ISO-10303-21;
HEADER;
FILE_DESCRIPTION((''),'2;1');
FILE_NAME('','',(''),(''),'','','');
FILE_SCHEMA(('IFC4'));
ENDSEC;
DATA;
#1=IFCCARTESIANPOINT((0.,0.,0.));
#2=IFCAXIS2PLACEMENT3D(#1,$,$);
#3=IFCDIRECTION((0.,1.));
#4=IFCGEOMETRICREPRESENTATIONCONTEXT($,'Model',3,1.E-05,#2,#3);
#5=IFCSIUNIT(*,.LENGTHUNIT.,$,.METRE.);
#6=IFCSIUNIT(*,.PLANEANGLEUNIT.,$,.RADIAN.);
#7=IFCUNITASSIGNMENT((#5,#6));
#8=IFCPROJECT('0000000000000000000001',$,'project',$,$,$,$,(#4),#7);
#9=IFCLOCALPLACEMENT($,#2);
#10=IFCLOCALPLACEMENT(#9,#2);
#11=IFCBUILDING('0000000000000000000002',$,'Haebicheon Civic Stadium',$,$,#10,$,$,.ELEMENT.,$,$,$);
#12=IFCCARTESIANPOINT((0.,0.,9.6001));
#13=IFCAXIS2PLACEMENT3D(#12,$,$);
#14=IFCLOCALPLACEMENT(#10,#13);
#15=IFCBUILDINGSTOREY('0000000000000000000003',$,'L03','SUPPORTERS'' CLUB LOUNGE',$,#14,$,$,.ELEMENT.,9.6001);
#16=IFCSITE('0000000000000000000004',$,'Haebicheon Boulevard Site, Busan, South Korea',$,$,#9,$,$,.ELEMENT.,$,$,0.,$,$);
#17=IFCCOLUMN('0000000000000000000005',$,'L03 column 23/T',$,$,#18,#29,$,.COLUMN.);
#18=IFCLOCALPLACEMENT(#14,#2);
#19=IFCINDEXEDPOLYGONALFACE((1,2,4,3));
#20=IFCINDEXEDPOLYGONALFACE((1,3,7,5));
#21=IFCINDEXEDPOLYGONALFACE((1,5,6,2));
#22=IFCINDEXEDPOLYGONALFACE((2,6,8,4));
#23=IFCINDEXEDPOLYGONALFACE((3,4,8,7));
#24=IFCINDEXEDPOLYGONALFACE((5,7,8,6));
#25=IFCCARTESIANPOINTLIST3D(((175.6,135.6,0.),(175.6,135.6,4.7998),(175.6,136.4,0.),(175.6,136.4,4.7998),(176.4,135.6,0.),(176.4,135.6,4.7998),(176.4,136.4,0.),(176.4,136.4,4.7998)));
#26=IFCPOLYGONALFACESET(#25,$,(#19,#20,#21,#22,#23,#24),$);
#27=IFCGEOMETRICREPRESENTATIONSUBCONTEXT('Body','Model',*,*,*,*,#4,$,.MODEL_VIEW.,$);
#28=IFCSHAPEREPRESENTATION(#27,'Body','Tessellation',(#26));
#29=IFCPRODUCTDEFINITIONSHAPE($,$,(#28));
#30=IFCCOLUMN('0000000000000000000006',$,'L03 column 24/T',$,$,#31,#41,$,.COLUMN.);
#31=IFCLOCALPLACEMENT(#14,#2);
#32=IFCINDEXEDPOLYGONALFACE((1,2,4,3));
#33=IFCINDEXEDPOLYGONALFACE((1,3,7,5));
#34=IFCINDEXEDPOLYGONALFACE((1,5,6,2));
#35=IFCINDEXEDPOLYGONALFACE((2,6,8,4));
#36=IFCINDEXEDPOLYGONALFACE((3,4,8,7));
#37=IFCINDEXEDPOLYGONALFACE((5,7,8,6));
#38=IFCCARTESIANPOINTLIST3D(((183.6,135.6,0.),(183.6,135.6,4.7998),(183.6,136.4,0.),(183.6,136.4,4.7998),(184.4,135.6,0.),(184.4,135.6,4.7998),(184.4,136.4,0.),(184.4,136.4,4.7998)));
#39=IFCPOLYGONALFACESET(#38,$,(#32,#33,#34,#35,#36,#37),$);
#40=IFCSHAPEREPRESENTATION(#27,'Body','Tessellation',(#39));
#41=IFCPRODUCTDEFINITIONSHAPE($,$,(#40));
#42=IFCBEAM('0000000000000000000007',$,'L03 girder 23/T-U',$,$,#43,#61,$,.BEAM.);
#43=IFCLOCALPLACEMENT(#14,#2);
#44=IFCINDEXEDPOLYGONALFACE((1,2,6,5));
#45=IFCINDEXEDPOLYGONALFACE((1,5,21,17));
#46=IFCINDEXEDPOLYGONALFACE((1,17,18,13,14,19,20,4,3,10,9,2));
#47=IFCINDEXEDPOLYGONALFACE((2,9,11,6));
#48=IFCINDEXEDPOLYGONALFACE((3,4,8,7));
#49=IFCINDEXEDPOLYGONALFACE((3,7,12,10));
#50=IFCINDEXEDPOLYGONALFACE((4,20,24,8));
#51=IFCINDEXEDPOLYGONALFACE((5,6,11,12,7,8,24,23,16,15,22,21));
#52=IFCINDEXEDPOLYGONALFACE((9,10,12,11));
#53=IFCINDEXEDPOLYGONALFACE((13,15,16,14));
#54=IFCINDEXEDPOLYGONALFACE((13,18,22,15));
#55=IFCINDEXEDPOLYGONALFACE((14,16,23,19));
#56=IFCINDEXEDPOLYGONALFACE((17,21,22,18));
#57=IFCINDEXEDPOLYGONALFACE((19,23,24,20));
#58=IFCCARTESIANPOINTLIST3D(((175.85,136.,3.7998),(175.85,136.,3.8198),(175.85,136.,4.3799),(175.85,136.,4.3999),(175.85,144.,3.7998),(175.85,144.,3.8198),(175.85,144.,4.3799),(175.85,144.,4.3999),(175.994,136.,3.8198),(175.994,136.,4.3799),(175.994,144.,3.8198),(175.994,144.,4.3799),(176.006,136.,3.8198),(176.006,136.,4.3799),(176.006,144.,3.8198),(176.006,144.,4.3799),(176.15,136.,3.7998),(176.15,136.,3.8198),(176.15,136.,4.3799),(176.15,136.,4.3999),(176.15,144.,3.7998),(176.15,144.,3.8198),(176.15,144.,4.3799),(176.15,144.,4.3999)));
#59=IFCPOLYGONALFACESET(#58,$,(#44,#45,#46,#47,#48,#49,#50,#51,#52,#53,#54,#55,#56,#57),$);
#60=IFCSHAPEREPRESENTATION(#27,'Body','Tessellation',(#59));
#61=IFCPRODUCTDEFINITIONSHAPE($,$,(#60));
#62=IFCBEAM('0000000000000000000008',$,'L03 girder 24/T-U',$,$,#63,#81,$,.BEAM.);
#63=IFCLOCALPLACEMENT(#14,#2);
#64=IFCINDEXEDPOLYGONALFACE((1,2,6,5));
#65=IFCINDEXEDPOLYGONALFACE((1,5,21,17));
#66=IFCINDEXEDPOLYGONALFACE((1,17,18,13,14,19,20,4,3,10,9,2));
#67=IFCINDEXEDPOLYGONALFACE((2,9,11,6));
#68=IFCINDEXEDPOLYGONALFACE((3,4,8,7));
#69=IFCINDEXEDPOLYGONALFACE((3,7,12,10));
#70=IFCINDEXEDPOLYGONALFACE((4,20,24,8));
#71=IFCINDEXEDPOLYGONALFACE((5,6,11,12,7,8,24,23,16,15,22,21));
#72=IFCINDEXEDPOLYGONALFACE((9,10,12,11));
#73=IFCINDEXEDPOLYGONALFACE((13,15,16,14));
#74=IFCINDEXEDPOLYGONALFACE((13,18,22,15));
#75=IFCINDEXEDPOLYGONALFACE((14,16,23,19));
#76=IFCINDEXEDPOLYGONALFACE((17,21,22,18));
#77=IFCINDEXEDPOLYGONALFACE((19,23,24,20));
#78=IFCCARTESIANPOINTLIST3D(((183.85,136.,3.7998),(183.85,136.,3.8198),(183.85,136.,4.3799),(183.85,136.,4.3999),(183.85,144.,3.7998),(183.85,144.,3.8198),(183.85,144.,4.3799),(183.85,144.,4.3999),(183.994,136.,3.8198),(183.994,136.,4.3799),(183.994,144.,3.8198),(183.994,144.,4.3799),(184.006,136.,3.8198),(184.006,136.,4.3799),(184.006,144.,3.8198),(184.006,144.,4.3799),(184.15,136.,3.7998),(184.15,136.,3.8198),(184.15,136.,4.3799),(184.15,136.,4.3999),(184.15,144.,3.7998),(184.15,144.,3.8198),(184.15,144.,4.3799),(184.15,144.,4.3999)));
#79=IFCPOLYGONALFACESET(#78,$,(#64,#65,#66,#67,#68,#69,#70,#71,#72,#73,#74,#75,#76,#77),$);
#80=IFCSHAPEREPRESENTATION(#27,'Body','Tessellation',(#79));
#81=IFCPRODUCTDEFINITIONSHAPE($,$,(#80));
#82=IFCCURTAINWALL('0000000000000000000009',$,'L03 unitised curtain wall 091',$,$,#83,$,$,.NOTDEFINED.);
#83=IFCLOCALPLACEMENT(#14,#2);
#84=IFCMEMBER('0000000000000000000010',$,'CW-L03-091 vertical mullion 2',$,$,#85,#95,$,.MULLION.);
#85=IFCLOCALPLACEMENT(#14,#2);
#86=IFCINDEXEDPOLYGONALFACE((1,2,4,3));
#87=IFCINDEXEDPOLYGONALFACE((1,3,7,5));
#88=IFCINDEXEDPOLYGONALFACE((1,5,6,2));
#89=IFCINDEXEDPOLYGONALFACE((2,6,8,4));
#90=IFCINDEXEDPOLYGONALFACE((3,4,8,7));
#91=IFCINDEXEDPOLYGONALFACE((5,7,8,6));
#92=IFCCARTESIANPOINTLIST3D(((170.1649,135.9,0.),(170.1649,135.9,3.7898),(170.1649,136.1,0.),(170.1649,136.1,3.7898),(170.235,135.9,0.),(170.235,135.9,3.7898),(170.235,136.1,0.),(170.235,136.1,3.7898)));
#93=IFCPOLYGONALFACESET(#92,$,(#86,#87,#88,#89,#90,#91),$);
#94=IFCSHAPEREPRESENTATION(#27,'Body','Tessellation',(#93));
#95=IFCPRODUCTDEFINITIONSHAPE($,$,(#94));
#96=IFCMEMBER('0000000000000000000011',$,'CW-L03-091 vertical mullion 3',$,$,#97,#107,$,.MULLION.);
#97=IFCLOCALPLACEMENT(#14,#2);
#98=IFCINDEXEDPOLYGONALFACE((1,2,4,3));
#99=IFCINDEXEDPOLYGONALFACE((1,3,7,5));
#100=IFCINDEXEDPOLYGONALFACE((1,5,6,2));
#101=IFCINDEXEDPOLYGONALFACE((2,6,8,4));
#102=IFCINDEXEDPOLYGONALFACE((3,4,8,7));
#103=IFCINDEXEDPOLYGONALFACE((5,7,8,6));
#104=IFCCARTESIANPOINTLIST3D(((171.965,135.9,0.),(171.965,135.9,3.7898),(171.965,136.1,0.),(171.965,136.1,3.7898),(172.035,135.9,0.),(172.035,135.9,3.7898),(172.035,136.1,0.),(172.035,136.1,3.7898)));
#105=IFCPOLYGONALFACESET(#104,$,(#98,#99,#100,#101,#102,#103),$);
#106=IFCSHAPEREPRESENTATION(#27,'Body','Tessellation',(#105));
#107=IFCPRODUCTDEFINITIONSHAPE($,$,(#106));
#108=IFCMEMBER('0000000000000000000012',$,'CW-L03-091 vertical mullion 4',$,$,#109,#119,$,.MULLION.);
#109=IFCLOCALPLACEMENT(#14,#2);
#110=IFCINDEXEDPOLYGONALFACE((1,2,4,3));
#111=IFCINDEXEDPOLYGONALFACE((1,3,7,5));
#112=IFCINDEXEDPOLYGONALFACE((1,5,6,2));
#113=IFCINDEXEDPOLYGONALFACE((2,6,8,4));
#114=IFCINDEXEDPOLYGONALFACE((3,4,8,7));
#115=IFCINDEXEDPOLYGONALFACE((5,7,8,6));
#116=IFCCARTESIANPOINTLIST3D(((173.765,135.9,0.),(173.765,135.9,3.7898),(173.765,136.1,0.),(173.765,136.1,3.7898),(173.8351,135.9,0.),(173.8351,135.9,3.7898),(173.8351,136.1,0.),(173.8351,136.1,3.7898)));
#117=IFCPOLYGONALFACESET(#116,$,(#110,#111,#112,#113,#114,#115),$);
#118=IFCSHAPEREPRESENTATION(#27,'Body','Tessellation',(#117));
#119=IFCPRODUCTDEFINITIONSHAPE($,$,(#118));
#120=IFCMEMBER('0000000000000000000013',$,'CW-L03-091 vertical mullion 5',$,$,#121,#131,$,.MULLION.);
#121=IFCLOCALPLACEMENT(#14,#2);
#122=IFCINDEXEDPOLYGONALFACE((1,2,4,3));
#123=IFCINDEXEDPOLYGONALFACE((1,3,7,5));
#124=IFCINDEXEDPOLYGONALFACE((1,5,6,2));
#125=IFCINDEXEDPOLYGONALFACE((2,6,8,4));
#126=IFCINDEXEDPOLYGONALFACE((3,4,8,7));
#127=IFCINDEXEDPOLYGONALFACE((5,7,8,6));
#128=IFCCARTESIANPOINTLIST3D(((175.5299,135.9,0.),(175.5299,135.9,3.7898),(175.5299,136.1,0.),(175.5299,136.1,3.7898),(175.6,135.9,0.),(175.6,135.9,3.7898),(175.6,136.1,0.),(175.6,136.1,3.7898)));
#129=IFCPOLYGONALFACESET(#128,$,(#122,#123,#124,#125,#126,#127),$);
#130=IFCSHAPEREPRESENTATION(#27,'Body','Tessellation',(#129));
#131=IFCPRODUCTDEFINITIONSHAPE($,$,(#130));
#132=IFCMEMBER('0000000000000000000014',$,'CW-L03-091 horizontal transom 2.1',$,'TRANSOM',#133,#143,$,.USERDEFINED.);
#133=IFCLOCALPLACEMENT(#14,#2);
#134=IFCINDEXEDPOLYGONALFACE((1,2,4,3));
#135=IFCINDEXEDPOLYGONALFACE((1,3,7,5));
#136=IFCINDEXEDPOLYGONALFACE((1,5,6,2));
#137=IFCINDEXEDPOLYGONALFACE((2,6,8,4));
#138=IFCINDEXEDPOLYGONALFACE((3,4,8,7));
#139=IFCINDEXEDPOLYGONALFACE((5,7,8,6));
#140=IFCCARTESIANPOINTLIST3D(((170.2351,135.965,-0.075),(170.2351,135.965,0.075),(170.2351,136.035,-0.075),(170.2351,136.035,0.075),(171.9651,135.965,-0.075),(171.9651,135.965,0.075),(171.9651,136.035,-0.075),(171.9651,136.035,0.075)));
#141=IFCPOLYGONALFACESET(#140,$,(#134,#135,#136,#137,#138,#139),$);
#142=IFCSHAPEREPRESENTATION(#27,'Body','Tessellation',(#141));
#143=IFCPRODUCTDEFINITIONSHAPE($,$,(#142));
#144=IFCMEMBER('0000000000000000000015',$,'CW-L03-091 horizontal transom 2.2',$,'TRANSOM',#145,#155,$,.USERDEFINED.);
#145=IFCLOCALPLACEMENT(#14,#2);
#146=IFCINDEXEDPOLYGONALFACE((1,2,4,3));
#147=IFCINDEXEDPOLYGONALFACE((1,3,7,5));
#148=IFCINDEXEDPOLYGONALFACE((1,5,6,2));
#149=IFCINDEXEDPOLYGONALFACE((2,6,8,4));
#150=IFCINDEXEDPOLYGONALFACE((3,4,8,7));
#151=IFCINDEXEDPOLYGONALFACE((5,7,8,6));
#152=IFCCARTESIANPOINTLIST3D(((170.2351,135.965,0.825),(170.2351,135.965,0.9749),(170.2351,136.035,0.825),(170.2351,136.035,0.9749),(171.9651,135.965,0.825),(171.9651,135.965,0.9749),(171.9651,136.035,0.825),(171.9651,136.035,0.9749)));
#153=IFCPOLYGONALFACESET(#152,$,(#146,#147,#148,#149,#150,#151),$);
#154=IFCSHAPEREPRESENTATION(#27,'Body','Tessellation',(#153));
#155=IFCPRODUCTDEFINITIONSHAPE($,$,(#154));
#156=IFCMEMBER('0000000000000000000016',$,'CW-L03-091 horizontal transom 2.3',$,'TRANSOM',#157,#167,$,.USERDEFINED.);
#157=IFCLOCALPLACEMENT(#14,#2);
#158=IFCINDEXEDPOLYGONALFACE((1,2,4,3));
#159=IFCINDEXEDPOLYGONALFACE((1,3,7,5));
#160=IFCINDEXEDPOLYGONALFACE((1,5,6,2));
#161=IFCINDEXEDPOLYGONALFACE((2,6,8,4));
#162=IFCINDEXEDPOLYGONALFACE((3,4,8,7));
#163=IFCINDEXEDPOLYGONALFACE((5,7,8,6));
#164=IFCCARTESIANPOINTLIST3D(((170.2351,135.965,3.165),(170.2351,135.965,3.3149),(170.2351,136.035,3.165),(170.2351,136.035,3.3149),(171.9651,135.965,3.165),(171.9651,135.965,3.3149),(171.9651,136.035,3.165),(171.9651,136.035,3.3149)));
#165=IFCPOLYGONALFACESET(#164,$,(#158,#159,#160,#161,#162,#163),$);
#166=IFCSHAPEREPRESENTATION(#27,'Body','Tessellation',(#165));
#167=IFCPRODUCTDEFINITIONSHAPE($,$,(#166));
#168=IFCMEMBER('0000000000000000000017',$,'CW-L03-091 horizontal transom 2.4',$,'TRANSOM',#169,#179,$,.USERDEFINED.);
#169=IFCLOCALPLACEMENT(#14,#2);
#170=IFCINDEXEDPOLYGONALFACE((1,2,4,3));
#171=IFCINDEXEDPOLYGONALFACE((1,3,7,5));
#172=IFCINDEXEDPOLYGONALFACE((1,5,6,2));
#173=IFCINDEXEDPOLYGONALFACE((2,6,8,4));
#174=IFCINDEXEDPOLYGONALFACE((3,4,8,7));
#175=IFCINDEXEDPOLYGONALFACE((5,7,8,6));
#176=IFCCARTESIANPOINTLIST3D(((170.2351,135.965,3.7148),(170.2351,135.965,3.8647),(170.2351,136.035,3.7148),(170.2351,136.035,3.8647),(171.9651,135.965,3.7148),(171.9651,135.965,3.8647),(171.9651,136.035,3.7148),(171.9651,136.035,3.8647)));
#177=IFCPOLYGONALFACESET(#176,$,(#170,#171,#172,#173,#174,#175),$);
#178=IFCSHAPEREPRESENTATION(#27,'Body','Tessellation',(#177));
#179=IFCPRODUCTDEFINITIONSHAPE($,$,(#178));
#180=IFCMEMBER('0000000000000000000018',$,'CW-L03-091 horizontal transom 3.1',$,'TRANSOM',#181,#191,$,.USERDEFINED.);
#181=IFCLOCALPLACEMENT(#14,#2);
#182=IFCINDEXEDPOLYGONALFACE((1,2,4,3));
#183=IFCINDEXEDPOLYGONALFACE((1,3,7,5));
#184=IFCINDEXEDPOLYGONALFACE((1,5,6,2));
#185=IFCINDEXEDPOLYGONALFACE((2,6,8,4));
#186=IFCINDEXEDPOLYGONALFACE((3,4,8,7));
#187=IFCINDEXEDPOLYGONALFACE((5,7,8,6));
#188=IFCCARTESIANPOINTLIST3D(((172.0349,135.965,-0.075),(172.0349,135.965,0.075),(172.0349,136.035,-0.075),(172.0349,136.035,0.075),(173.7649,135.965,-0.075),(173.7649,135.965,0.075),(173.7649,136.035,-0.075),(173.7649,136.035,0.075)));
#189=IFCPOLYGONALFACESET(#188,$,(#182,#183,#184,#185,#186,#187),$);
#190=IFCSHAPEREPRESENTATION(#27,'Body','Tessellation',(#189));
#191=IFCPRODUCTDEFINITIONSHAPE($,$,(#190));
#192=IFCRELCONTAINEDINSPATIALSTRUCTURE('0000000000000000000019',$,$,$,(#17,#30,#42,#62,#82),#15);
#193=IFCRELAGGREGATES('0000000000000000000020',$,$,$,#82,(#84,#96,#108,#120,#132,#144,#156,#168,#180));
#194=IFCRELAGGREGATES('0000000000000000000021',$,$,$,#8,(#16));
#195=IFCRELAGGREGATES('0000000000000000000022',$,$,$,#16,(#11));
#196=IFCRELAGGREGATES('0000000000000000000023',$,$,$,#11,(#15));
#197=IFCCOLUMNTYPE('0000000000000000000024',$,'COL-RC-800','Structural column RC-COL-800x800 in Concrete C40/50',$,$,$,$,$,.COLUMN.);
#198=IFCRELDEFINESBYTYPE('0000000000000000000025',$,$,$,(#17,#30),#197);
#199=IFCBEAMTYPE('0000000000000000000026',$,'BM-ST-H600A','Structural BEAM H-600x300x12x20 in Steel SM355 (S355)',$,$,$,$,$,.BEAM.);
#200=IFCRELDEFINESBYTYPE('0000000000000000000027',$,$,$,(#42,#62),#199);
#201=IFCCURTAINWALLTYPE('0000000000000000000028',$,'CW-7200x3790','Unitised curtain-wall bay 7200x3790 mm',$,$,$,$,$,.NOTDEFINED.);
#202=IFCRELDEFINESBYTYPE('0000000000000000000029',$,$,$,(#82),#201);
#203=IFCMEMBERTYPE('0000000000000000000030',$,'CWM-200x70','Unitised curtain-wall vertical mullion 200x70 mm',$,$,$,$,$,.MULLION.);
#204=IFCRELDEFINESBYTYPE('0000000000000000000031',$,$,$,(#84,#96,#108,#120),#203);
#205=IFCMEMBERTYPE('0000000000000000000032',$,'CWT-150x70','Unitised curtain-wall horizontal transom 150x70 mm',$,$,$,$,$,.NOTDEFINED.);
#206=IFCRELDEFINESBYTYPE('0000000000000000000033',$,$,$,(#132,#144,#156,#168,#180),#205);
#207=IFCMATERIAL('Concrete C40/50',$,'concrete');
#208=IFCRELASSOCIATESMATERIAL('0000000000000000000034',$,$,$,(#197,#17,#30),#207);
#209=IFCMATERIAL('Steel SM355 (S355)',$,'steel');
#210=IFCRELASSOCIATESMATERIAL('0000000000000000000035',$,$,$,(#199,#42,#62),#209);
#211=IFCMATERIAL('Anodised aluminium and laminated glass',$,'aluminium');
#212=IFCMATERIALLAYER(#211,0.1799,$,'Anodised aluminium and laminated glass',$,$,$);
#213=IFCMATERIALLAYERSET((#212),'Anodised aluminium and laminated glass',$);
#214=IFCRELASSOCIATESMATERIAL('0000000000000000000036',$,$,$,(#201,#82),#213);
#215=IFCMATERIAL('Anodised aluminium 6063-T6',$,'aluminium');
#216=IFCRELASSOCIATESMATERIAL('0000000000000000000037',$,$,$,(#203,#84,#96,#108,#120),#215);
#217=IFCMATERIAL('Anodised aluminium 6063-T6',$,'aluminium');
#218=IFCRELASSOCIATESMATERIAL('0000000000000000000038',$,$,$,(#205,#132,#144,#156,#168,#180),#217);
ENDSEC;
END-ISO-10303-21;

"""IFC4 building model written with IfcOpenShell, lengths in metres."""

from ifc_helpers import new_model, si_unit, direction, frame, origin, origin_2d, place, context, subcontext, project, spatial, rectangle, i_section, extrude, material, layer, layer_set, material_profile, profile_set, type_object, element, aggregate, save


model = new_model("IFC4")

# Units and contexts
model_context = context("Model", 3, precision=1e-05, world=origin(), true_north=direction((0.0, 1.0)))
body_context = subcontext(model_context, "Body", "Model", "MODEL_VIEW")
ifc_project = project(units=[si_unit("LENGTHUNIT", "METRE"), si_unit("PLANEANGLEUNIT", "RADIAN")], contexts=[model_context])

# Site, building, storey
site_placement = place(None, origin())
site = spatial("IfcSite", under=ifc_project, at=site_placement, Name="Haebicheon Boulevard Site, Busan, South Korea", CompositionType="ELEMENT", RefElevation=0.0)
building_placement = place(site_placement, origin())
building = spatial("IfcBuilding", under=site, at=building_placement, Name="Haebicheon Civic Stadium", CompositionType="ELEMENT")
storey_placement = place(building_placement, frame((0.0, 0.0, 9.6001)))
storey = spatial("IfcBuildingStorey", under=building, at=storey_placement, Name="L03", Description="SUPPORTERS' CLUB LOUNGE", CompositionType="ELEMENT", Elevation=9.6001)

# Columns
ifc_material_1 = material(Name="Concrete C40/50", Category="concrete")
ifc_material_profile_1 = material_profile(ifc_material_1, rectangle(XDim=0.8, YDim=0.8, at=origin_2d()), Name="RC-COL-800x800")
ifc_profile_set_1 = profile_set([ifc_material_profile_1], Name="Concrete C40/50")
column_type = type_object("IfcColumnType", Name="COL-RC-800", Description="Structural column RC-COL-800x800 in Concrete C40/50", PredefinedType="COLUMN", material=ifc_profile_set_1)
for number, where, z_axis, x_axis, name in (
    (1, (176.0, 136.0, 0.0), (0.0, 0.0, 1.0), (1.0, 0.0, 0.0), "L03 column 23/T"),
    (2, (184.0, 136.0, 0.0), (0.0, 0.0, 1.0), (1.0, 0.0, 0.0), "L03 column 24/T"),
):
    element("IfcColumn", number, at=place(storey_placement, frame(where, z_axis=z_axis, x_axis=x_axis)), inside=storey, type_object=column_type, material=ifc_profile_set_1, Name=name, PredefinedType="COLUMN", context=body_context, shape_type="SweptSolid", body=[
        extrude(rectangle(XDim=0.8, YDim=0.8, at=origin_2d()), origin(), (0.0, 0.0, 1.0), 4.7998),
    ])

# Beams
ifc_material_2 = material(Name="Steel SM355 (S355)", Category="steel")
ifc_material_profile_2 = material_profile(ifc_material_2, i_section(OverallWidth=0.3, OverallDepth=0.6001, WebThickness=0.012, FlangeThickness=0.02, at=origin_2d()), Name="H-600x300x12x20")
ifc_profile_set_2 = profile_set([ifc_material_profile_2], Name="Steel SM355 (S355)")
beam_type_1 = type_object("IfcBeamType", Name="BM-ST-H600A", Description="Structural BEAM H-600x300x12x20 in Steel SM355 (S355)", PredefinedType="BEAM", material=ifc_profile_set_2)
for number, where, z_axis, x_axis, name in (
    (3, (176.0, 136.0, 4.0999), (0.0, 1.0, 0.0), (-1.0, 0.0, 0.0), "L03 girder 23/T-U"),
    (4, (184.0, 136.0, 4.0999), (0.0, 1.0, 0.0), (-1.0, 0.0, 0.0), "L03 girder 24/T-U"),
):
    element("IfcBeam", number, at=place(storey_placement, frame(where, z_axis=z_axis, x_axis=x_axis)), inside=storey, type_object=beam_type_1, material=ifc_profile_set_2, Name=name, PredefinedType="BEAM", context=body_context, shape_type="SweptSolid", body=[
        extrude(i_section(OverallWidth=0.3, OverallDepth=0.6001, WebThickness=0.012, FlangeThickness=0.02, at=origin_2d()), origin(), (0.0, 0.0, 1.0), 8.0),
    ])

# Curtain wall, members
ifc_material_3 = material(Name="Anodised aluminium and laminated glass", Category="aluminium")
ifc_layer_1 = layer(ifc_material_3, 0.1799, Name="Anodised aluminium and laminated glass")
ifc_layer_set_1 = layer_set([ifc_layer_1], Name="Anodised aluminium and laminated glass")
curtain_wall_type = type_object("IfcCurtainWallType", Name="CW-7200x3790", Description="Unitised curtain-wall bay 7200x3790 mm", PredefinedType="NOTDEFINED", material=ifc_layer_set_1)
curtain_wall_placement = place(storey_placement, origin())
curtain_wall = element("IfcCurtainWall", 5, at=curtain_wall_placement, inside=storey, type_object=curtain_wall_type, material=ifc_layer_set_1, Name="L03 unitised curtain wall 091", PredefinedType="NOTDEFINED")
ifc_material_4 = material(Name="Anodised aluminium 6063-T6", Category="aluminium")
ifc_material_profile_3 = material_profile(ifc_material_4, rectangle(XDim=0.0701, YDim=0.2, at=origin_2d()), Name="ALU-MULL-70x200")
ifc_profile_set_3 = profile_set([ifc_material_profile_3], Name="Anodised aluminium 6063-T6")
member_type_1 = type_object("IfcMemberType", Name="CWM-200x70", Description="Unitised curtain-wall vertical mullion 200x70 mm", PredefinedType="MULLION", material=ifc_profile_set_3)
member_1_placement = place(storey_placement, frame((170.2, 136.0, 0.0), z_axis=(0.0, 0.0, 1.0), x_axis=(1.0, 0.0, 0.0)))
member_1 = element("IfcMember", 6, at=member_1_placement, type_object=member_type_1, material=ifc_profile_set_3, Name="CW-L03-091 vertical mullion 2", PredefinedType="MULLION", context=body_context, shape_type="SweptSolid", body=[
    extrude(rectangle(XDim=0.0701, YDim=0.2, at=origin_2d()), origin(), (0.0, 0.0, 1.0), 3.7898),
])
member_2_placement = place(storey_placement, frame((172.0, 136.0, 0.0), z_axis=(0.0, 0.0, 1.0), x_axis=(1.0, 0.0, 0.0)))
member_2 = element("IfcMember", 7, at=member_2_placement, type_object=member_type_1, material=ifc_profile_set_3, Name="CW-L03-091 vertical mullion 3", PredefinedType="MULLION", context=body_context, shape_type="SweptSolid", body=[
    extrude(rectangle(XDim=0.0701, YDim=0.2, at=origin_2d()), origin(), (0.0, 0.0, 1.0), 3.7898),
])
member_3_placement = place(storey_placement, frame((173.8, 136.0, 0.0), z_axis=(0.0, 0.0, 1.0), x_axis=(1.0, 0.0, 0.0)))
member_3 = element("IfcMember", 8, at=member_3_placement, type_object=member_type_1, material=ifc_profile_set_3, Name="CW-L03-091 vertical mullion 4", PredefinedType="MULLION", context=body_context, shape_type="SweptSolid", body=[
    extrude(rectangle(XDim=0.0701, YDim=0.2, at=origin_2d()), origin(), (0.0, 0.0, 1.0), 3.7898),
])
member_4_placement = place(storey_placement, frame((175.5649, 136.0, 0.0), z_axis=(0.0, 0.0, 1.0), x_axis=(1.0, 0.0, 0.0)))
member_4 = element("IfcMember", 9, at=member_4_placement, type_object=member_type_1, material=ifc_profile_set_3, Name="CW-L03-091 vertical mullion 5", PredefinedType="MULLION", context=body_context, shape_type="SweptSolid", body=[
    extrude(rectangle(XDim=0.0701, YDim=0.2, at=origin_2d()), origin(), (0.0, 0.0, 1.0), 3.7898),
])
ifc_material_5 = material(Name="Anodised aluminium 6063-T6", Category="aluminium")
ifc_material_profile_4 = material_profile(ifc_material_5, rectangle(XDim=0.0701, YDim=0.1499, at=origin_2d()), Name="ALU-TRAN-70x150")
ifc_profile_set_4 = profile_set([ifc_material_profile_4], Name="Anodised aluminium 6063-T6")
member_type_2 = type_object("IfcMemberType", Name="CWT-150x70", Description="Unitised curtain-wall horizontal transom 150x70 mm", PredefinedType="NOTDEFINED", material=ifc_profile_set_4)
member_5_placement = place(storey_placement, frame((170.2351, 136.0, 0.0), z_axis=(1.0, 0.0, 0.0), x_axis=(0.0, 1.0, 0.0)))
member_5 = element("IfcMember", 10, at=member_5_placement, type_object=member_type_2, material=ifc_profile_set_4, Name="CW-L03-091 horizontal transom 2.1", ObjectType="TRANSOM", PredefinedType="USERDEFINED", context=body_context, shape_type="SweptSolid", body=[
    extrude(rectangle(XDim=0.0701, YDim=0.1499, at=origin_2d()), origin(), (0.0, 0.0, 1.0), 1.73),
])
member_6_placement = place(storey_placement, frame((170.2351, 136.0, 0.8999), z_axis=(1.0, 0.0, 0.0), x_axis=(0.0, 1.0, 0.0)))
member_6 = element("IfcMember", 11, at=member_6_placement, type_object=member_type_2, material=ifc_profile_set_4, Name="CW-L03-091 horizontal transom 2.2", ObjectType="TRANSOM", PredefinedType="USERDEFINED", context=body_context, shape_type="SweptSolid", body=[
    extrude(rectangle(XDim=0.0701, YDim=0.1499, at=origin_2d()), origin(), (0.0, 0.0, 1.0), 1.73),
])
member_7_placement = place(storey_placement, frame((170.2351, 136.0, 3.24), z_axis=(1.0, 0.0, 0.0), x_axis=(0.0, 1.0, 0.0)))
member_7 = element("IfcMember", 12, at=member_7_placement, type_object=member_type_2, material=ifc_profile_set_4, Name="CW-L03-091 horizontal transom 2.3", ObjectType="TRANSOM", PredefinedType="USERDEFINED", context=body_context, shape_type="SweptSolid", body=[
    extrude(rectangle(XDim=0.0701, YDim=0.1499, at=origin_2d()), origin(), (0.0, 0.0, 1.0), 1.73),
])
member_8_placement = place(storey_placement, frame((170.2351, 136.0, 3.7898), z_axis=(1.0, 0.0, 0.0), x_axis=(0.0, 1.0, 0.0)))
member_8 = element("IfcMember", 13, at=member_8_placement, type_object=member_type_2, material=ifc_profile_set_4, Name="CW-L03-091 horizontal transom 2.4", ObjectType="TRANSOM", PredefinedType="USERDEFINED", context=body_context, shape_type="SweptSolid", body=[
    extrude(rectangle(XDim=0.0701, YDim=0.1499, at=origin_2d()), origin(), (0.0, 0.0, 1.0), 1.73),
])
member_9_placement = place(storey_placement, frame((172.0349, 136.0, 0.0), z_axis=(1.0, 0.0, 0.0), x_axis=(0.0, 1.0, 0.0)))
member_9 = element("IfcMember", 14, at=member_9_placement, type_object=member_type_2, material=ifc_profile_set_4, Name="CW-L03-091 horizontal transom 3.1", ObjectType="TRANSOM", PredefinedType="USERDEFINED", context=body_context, shape_type="SweptSolid", body=[
    extrude(rectangle(XDim=0.0701, YDim=0.1499, at=origin_2d()), origin(), (0.0, 0.0, 1.0), 1.73),
])

aggregate(curtain_wall, [member_1, member_2, member_3, member_4, member_5, member_6, member_7, member_8, member_9])

save(model, "model.ifc")
